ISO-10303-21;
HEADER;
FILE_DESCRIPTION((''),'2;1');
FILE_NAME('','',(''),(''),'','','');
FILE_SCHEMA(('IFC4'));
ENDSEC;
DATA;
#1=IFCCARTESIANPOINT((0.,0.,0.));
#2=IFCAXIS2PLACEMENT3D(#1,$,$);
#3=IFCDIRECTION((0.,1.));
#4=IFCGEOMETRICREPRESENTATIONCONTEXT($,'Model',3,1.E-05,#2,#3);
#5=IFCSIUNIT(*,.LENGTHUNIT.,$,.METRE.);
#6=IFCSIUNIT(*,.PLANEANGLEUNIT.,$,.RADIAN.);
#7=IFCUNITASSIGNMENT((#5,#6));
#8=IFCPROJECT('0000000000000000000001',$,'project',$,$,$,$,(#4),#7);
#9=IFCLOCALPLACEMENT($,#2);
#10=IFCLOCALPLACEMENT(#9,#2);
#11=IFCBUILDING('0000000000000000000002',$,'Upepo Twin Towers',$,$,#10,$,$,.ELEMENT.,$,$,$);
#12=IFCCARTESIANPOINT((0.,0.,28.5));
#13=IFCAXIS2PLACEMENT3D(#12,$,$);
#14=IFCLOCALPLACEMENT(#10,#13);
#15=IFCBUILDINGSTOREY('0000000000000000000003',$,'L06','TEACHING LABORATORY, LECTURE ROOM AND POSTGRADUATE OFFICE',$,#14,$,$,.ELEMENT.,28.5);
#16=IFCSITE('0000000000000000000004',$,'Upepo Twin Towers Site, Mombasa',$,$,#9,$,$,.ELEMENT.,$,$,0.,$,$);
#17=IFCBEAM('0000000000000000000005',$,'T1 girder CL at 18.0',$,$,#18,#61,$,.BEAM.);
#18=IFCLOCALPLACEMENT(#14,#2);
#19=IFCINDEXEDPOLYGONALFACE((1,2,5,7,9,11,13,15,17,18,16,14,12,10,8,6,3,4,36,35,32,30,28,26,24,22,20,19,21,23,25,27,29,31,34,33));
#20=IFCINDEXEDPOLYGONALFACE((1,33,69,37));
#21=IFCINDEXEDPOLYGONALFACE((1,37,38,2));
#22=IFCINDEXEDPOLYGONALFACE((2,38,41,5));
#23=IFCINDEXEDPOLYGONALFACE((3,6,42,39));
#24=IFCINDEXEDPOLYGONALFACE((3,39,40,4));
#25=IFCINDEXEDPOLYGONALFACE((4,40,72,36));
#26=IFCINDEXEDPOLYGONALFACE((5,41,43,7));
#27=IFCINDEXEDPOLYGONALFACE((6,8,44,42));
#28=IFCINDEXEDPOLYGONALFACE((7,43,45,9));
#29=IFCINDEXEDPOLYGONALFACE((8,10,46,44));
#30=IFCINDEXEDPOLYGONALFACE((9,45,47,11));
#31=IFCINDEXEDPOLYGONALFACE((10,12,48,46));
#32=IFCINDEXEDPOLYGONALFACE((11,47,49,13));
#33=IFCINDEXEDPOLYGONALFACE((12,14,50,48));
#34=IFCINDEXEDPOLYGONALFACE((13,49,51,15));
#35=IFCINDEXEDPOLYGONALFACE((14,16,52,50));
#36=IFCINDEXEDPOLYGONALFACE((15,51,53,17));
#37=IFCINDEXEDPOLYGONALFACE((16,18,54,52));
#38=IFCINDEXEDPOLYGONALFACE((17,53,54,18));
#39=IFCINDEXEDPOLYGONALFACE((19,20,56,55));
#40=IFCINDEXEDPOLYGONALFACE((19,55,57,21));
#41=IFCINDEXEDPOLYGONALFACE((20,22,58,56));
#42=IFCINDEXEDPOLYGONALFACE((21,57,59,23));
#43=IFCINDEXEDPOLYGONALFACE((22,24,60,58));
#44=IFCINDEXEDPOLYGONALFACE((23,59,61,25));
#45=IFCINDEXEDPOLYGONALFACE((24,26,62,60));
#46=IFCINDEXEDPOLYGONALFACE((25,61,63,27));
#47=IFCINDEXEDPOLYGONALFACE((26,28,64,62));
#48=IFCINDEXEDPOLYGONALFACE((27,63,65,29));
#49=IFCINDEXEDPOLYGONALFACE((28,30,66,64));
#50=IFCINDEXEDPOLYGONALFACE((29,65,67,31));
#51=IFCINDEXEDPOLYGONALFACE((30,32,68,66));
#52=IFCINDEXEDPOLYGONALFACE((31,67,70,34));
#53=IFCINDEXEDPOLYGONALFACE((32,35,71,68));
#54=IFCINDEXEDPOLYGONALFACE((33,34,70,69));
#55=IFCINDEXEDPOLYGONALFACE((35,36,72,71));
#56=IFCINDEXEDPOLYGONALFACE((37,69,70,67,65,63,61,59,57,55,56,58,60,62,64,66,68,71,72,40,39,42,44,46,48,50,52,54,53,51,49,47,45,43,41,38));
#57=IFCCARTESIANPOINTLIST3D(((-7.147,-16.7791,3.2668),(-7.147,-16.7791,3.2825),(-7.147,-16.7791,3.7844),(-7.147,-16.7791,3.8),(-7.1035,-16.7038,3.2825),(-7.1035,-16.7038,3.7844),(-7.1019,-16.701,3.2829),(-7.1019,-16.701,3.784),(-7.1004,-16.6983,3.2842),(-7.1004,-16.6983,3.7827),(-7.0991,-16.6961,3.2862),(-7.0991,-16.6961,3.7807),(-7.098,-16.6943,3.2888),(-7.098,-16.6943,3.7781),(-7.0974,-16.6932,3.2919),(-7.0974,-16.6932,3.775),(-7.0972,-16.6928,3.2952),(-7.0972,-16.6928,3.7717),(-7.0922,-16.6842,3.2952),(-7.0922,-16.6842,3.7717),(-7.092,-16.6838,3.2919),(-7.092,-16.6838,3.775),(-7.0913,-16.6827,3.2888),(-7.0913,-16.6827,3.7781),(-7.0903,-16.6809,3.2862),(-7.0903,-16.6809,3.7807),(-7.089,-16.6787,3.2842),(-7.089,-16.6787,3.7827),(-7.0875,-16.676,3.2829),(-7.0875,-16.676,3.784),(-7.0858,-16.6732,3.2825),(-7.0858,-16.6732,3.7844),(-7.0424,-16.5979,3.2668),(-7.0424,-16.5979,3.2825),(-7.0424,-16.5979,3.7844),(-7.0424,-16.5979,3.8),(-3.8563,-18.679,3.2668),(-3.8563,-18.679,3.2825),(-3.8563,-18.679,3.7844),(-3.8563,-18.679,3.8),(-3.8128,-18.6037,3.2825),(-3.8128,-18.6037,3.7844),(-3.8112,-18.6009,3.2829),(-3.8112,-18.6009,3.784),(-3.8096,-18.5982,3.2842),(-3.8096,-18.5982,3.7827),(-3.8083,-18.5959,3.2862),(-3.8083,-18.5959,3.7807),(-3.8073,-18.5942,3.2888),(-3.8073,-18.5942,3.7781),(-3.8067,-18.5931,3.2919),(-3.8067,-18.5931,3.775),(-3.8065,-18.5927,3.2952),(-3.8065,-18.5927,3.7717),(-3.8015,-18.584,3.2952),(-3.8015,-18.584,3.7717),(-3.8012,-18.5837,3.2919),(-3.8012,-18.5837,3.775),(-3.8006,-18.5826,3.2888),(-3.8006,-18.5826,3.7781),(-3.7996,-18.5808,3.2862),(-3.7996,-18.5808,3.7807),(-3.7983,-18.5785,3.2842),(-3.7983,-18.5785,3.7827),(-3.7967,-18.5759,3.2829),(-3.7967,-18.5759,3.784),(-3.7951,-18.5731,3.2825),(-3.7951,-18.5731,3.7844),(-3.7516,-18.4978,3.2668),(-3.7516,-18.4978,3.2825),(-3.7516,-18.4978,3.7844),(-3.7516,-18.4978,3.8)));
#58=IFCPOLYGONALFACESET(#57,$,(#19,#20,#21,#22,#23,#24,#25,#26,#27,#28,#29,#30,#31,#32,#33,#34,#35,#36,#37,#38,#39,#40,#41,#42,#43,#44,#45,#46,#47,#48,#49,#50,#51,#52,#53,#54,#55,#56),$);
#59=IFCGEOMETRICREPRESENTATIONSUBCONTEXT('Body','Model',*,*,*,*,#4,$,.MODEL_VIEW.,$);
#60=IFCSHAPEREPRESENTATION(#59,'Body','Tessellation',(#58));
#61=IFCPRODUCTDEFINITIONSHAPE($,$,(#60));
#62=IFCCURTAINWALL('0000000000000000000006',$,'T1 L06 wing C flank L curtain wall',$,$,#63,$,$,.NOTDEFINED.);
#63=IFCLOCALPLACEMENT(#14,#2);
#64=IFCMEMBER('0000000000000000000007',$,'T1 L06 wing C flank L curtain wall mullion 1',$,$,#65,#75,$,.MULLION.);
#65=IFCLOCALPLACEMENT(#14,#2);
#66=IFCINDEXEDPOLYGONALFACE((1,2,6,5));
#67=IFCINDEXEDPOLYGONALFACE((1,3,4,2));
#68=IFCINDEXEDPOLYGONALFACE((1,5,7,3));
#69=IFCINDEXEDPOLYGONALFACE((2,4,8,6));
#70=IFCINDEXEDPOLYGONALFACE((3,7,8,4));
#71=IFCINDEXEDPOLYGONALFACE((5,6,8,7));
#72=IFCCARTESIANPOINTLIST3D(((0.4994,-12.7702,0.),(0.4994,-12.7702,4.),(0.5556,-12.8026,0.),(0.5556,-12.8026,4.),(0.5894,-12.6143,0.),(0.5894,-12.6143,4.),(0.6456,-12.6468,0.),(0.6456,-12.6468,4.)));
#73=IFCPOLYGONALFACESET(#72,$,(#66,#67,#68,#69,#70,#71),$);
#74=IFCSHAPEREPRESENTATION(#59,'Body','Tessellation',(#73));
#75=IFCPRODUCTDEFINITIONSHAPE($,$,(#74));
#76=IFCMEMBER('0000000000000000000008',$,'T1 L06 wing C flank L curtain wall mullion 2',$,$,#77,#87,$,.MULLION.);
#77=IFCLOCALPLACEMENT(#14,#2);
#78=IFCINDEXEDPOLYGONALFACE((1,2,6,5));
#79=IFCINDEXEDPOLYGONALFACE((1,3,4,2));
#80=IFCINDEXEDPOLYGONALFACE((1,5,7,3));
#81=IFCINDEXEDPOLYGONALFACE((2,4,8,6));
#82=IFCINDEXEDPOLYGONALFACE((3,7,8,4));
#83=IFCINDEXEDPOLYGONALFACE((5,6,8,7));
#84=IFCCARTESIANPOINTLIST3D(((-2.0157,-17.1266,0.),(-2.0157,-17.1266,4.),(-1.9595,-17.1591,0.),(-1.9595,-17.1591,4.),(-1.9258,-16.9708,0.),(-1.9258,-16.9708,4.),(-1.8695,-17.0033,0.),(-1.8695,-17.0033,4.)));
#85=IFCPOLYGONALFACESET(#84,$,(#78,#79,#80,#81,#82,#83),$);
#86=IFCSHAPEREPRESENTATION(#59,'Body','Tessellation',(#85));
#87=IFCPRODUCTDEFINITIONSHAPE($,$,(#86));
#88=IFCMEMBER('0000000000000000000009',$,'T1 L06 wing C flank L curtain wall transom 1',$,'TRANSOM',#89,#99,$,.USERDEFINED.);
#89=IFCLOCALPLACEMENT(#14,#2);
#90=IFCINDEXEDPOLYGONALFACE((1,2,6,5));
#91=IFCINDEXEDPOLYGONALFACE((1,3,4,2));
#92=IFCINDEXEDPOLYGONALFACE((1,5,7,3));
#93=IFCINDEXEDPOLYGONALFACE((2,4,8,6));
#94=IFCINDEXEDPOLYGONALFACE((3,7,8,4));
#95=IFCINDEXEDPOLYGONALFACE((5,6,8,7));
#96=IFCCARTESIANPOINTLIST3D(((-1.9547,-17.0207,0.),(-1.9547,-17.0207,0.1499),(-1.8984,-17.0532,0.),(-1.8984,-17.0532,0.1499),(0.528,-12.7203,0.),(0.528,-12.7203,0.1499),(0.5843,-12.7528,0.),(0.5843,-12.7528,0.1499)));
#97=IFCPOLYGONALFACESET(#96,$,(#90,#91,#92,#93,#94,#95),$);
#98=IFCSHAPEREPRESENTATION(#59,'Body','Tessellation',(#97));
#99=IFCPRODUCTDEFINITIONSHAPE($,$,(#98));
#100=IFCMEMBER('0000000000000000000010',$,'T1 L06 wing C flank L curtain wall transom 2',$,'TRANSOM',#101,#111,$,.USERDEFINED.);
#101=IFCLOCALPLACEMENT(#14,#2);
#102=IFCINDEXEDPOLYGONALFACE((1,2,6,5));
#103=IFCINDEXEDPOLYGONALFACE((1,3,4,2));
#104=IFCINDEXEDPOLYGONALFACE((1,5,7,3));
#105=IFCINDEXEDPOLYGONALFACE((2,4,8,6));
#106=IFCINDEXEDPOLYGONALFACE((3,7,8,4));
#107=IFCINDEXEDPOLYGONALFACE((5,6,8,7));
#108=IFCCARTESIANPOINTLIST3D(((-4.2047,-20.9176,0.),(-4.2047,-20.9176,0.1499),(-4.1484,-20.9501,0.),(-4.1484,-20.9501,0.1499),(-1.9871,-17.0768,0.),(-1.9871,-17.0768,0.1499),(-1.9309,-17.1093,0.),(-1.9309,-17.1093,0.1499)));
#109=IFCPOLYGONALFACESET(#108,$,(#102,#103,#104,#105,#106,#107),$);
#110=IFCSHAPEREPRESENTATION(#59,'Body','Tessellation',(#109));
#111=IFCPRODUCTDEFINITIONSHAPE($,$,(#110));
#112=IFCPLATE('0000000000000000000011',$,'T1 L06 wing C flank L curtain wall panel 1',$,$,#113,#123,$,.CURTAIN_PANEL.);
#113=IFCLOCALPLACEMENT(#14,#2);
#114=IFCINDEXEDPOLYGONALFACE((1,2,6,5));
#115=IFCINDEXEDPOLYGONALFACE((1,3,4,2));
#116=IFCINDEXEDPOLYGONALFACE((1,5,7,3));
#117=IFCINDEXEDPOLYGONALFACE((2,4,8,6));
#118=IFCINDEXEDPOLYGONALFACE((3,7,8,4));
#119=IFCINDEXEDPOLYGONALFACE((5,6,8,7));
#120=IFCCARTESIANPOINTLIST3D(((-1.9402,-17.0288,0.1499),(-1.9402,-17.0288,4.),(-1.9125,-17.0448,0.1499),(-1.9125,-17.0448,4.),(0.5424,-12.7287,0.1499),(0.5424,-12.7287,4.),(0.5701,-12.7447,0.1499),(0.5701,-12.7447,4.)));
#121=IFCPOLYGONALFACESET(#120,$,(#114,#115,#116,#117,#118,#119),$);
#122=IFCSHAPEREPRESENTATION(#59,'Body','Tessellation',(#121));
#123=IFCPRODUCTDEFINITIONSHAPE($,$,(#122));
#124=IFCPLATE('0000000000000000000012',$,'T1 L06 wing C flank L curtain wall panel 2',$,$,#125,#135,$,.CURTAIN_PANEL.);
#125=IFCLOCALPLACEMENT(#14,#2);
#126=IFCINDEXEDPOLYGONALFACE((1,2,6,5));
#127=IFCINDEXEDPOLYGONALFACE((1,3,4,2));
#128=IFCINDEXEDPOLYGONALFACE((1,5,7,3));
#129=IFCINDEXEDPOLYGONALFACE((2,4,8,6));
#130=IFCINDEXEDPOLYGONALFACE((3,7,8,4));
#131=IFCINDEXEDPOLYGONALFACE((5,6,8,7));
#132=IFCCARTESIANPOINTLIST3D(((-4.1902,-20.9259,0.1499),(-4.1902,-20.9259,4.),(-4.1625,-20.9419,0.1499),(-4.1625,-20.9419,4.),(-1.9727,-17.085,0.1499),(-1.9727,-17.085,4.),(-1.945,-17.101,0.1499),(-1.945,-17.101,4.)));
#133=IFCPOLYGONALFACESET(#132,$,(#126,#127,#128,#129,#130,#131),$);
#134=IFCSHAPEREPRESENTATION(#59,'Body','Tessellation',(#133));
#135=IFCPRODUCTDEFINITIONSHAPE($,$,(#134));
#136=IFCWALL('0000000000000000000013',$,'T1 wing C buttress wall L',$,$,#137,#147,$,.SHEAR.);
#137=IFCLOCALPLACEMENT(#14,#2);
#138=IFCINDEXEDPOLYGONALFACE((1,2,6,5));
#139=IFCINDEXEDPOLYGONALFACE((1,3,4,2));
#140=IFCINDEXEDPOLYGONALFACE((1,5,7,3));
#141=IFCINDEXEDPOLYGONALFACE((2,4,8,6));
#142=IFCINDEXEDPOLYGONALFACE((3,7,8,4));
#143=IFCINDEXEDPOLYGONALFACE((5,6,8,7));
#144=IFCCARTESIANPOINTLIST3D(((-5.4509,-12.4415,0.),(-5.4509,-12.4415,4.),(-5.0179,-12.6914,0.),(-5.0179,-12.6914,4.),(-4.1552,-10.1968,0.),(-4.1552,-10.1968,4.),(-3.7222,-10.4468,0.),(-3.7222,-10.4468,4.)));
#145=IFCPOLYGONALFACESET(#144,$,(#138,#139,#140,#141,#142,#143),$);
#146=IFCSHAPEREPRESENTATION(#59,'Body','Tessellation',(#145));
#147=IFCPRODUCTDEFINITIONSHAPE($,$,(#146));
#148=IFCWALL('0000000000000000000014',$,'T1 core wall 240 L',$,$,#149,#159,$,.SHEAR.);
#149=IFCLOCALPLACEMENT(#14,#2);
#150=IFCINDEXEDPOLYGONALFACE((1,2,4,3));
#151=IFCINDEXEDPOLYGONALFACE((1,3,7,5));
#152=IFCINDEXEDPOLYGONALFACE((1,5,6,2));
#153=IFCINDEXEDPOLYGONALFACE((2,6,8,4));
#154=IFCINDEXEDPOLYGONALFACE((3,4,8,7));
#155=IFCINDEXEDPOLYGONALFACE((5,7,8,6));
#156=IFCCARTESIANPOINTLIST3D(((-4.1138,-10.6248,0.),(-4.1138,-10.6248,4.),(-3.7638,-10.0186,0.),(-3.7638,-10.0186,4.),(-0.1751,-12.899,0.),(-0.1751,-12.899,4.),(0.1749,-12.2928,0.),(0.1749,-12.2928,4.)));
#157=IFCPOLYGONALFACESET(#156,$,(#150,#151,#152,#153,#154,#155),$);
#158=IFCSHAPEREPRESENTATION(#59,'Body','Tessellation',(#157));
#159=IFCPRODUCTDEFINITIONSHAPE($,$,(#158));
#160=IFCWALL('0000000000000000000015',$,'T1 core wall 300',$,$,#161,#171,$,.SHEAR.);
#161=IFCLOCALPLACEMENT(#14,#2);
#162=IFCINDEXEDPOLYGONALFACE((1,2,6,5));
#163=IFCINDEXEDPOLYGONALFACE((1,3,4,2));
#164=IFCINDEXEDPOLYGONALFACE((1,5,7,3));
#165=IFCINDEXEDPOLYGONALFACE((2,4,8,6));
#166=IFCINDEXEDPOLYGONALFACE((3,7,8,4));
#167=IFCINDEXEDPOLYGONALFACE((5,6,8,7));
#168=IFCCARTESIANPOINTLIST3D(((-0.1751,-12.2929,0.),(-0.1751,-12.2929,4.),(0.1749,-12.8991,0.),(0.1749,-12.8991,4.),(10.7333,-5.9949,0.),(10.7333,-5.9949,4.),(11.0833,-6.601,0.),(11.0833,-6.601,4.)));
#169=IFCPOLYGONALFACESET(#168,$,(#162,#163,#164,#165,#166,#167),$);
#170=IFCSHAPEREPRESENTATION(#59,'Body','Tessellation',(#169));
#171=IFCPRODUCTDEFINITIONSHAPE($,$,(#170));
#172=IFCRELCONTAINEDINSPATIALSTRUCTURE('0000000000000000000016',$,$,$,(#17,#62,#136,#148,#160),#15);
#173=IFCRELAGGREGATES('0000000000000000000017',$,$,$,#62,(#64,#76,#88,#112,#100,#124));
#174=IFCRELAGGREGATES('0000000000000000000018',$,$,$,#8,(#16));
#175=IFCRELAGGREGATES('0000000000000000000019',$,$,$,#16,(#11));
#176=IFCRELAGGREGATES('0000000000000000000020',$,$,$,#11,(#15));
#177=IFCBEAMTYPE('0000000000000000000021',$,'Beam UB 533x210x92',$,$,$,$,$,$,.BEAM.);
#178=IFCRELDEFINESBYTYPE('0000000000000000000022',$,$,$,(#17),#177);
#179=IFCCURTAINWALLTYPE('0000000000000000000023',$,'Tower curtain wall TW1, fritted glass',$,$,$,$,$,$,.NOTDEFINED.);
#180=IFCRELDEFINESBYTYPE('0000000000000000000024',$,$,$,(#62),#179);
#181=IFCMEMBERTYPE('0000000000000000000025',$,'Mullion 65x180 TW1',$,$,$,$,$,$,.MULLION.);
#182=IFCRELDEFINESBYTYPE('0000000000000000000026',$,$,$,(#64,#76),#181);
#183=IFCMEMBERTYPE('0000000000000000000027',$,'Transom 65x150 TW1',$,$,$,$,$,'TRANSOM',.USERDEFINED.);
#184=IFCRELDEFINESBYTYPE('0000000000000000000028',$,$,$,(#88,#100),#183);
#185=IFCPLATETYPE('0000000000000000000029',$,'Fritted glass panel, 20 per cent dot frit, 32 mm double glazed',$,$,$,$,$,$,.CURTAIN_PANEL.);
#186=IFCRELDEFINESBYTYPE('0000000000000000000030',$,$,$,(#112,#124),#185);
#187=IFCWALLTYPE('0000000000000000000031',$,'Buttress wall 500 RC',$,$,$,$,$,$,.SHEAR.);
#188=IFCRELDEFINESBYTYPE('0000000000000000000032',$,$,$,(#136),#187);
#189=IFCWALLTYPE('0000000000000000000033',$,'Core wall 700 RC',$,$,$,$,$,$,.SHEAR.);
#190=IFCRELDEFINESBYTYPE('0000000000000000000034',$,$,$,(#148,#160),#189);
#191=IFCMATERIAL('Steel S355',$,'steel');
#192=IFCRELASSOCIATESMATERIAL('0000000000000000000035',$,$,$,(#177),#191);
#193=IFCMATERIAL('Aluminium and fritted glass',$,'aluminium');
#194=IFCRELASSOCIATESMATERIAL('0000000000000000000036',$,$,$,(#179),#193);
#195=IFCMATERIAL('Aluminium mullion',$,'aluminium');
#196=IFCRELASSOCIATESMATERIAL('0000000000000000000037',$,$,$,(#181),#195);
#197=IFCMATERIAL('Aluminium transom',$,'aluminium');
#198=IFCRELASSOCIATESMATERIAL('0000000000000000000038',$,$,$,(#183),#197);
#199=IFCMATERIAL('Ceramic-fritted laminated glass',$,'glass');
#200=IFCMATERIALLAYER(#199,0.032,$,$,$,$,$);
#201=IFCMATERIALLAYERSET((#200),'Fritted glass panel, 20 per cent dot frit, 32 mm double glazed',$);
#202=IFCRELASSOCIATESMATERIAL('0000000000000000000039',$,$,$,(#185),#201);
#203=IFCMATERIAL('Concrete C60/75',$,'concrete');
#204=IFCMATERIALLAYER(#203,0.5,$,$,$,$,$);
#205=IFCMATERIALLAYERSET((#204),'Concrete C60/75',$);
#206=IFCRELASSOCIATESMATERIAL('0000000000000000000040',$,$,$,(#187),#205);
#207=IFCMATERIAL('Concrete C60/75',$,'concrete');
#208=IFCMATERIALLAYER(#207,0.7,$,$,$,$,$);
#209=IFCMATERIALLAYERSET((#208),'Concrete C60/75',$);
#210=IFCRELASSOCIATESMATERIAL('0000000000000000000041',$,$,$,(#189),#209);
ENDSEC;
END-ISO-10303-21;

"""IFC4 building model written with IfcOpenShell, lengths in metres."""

from ifc_helpers import new_model, si_unit, direction, frame, frame_2d, origin, origin_2d, place, context, subcontext, project, spatial, rectangle, i_section, extrude, material, layer, layer_set, material_profile, profile_set, type_object, element, aggregate, save


model = new_model("IFC4")

# Units and contexts
model_context = context("Model", 3, precision=1e-05, world=origin(), true_north=direction((0.0, 1.0)))
body_context = subcontext(model_context, "Body", "Model", "MODEL_VIEW")
ifc_project = project(units=[si_unit("LENGTHUNIT", "METRE"), si_unit("PLANEANGLEUNIT", "RADIAN")], contexts=[model_context])

# Site, building, storey
site_placement = place(None, origin())
site = spatial("IfcSite", under=ifc_project, at=site_placement, Name="Upepo Twin Towers Site, Mombasa", CompositionType="ELEMENT", RefElevation=0.0)
building_placement = place(site_placement, origin())
building = spatial("IfcBuilding", under=site, at=building_placement, Name="Upepo Twin Towers", CompositionType="ELEMENT")
storey_placement = place(building_placement, frame((0.0, 0.0, 28.5)))
storey = spatial("IfcBuildingStorey", under=building, at=storey_placement, Name="L06", Description="TEACHING LABORATORY, LECTURE ROOM AND POSTGRADUATE OFFICE", CompositionType="ELEMENT", Elevation=28.5)

# Beam
ifc_material_1 = material(Name="Steel S355", Category="steel")
ifc_material_profile_1 = material_profile(ifc_material_1, i_section(OverallWidth=0.2092, OverallDepth=0.5332, WebThickness=0.01, FlangeThickness=0.0156, FilletRadius=0.0127, at=origin_2d()), Name="UB 533x210x92")
ifc_profile_set_1 = profile_set([ifc_material_profile_1], Name="Steel S355")
beam_type_1 = type_object("IfcBeamType", Name="Beam UB 533x210x92", PredefinedType="BEAM", material=ifc_profile_set_1)
beam_1_placement = place(storey_placement, frame((-3.804, -18.5884, 3.5334), z_axis=(-0.866028, 0.499995, 0.0), x_axis=(-0.499995, -0.866028, 0.0)))
element("IfcBeam", 1, at=beam_1_placement, inside=storey, type_object=beam_type_1, Name="T1 girder CL at 18.0", PredefinedType="BEAM", context=body_context, shape_type="SweptSolid", body=[
    extrude(i_section(OverallWidth=0.2092, OverallDepth=0.5332, WebThickness=0.01, FlangeThickness=0.0156, FilletRadius=0.0127, at=origin_2d()), origin(), (0.0, 0.0, 1.0), 3.7998),
])

# Curtain wall, members, plates
ifc_material_2 = material(Name="Aluminium and fritted glass", Category="aluminium")
curtain_wall_type = type_object("IfcCurtainWallType", Name="Tower curtain wall TW1, fritted glass", PredefinedType="NOTDEFINED", material=ifc_material_2)
curtain_wall_placement = place(storey_placement, origin())
curtain_wall = element("IfcCurtainWall", 2, at=curtain_wall_placement, inside=storey, type_object=curtain_wall_type, Name="T1 L06 wing C flank L curtain wall", PredefinedType="NOTDEFINED")
ifc_material_3 = material(Name="Aluminium mullion", Category="aluminium")
ifc_material_profile_2 = material_profile(ifc_material_3, rectangle(XDim=0.0649, YDim=0.1799, at=origin_2d()), Name="MULLION 65x180")
ifc_profile_set_2 = profile_set([ifc_material_profile_2], Name="Aluminium mullion")
member_type_1 = type_object("IfcMemberType", Name="Mullion 65x180 TW1", PredefinedType="MULLION", material=ifc_profile_set_2)
member_1_placement = place(storey_placement, frame((0.5725, -12.7085, 0.0), z_axis=(0.0, 0.0, 1.0), x_axis=(0.866025, -0.5, 0.0)))
member_1 = element("IfcMember", 3, at=member_1_placement, type_object=member_type_1, Name="T1 L06 wing C flank L curtain wall mullion 1", PredefinedType="MULLION", context=body_context, shape_type="SweptSolid", body=[
    extrude(rectangle(XDim=0.0649, YDim=0.1799, at=origin_2d()), origin(), (0.0, 0.0, 1.0), 4.0),
])
member_2_placement = place(storey_placement, frame((-1.9426, -17.0649, 0.0), z_axis=(0.0, 0.0, 1.0), x_axis=(0.866025, -0.5, 0.0)))
member_2 = element("IfcMember", 4, at=member_2_placement, type_object=member_type_1, Name="T1 L06 wing C flank L curtain wall mullion 2", PredefinedType="MULLION", context=body_context, shape_type="SweptSolid", body=[
    extrude(rectangle(XDim=0.0649, YDim=0.1799, at=origin_2d()), origin(), (0.0, 0.0, 1.0), 4.0),
])
ifc_material_4 = material(Name="Aluminium transom", Category="aluminium")
ifc_material_profile_3 = material_profile(ifc_material_4, rectangle(XDim=0.0649, YDim=0.1499, at=origin_2d()), Name="TRANSOM 65x150")
ifc_profile_set_3 = profile_set([ifc_material_profile_3], Name="Aluminium transom")
member_type_2 = type_object("IfcMemberType", Name="Transom 65x150 TW1", ElementType="TRANSOM", PredefinedType="USERDEFINED", material=ifc_profile_set_3)
member_3_placement = place(storey_placement, frame((0.5562, -12.7366, 0.075), z_axis=(-0.499983, -0.866035, 0.0), x_axis=(0.866035, -0.499983, 0.0)))
member_3 = element("IfcMember", 5, at=member_3_placement, type_object=member_type_2, Name="T1 L06 wing C flank L curtain wall transom 1", ObjectType="TRANSOM", PredefinedType="USERDEFINED", context=body_context, shape_type="SweptSolid", body=[
    extrude(rectangle(XDim=0.0649, YDim=0.1499, at=origin_2d()), origin(), (0.0, 0.0, 1.0), 4.9656),
])
member_4_placement = place(storey_placement, frame((-1.959, -17.093, 0.075), z_axis=(-0.500005, -0.866022, 0.0), x_axis=(0.866022, -0.500005, 0.0)))
member_4 = element("IfcMember", 6, at=member_4_placement, type_object=member_type_2, Name="T1 L06 wing C flank L curtain wall transom 2", ObjectType="TRANSOM", PredefinedType="USERDEFINED", context=body_context, shape_type="SweptSolid", body=[
    extrude(rectangle(XDim=0.0649, YDim=0.1499, at=origin_2d()), origin(), (0.0, 0.0, 1.0), 4.4351),
])
ifc_material_5 = material(Name="Ceramic-fritted laminated glass", Category="glass")
ifc_layer_1 = layer(ifc_material_5, 0.032)
ifc_layer_set_1 = layer_set([ifc_layer_1], Name="Fritted glass panel, 20 per cent dot frit, 32 mm double glazed")
plate_type = type_object("IfcPlateType", Name="Fritted glass panel, 20 per cent dot frit, 32 mm double glazed", PredefinedType="CURTAIN_PANEL", material=ifc_layer_set_1)
plate_1_placement = place(storey_placement, frame((-0.6851, -14.8867, 0.1499), z_axis=(0.0, 0.0, 1.0), x_axis=(-0.5, -0.866025, 0.0)))
plate_1 = element("IfcPlate", 7, at=plate_1_placement, type_object=plate_type, Name="T1 L06 wing C flank L curtain wall panel 1", PredefinedType="CURTAIN_PANEL", context=body_context, shape_type="SweptSolid", body=[
    extrude(rectangle(XDim=4.9653, YDim=0.032, at=origin_2d()), origin(), (0.0, 0.0, 1.0), 3.8501),
])
plate_2_placement = place(storey_placement, frame((-3.0676, -19.0134, 0.1499), z_axis=(0.0, 0.0, 1.0), x_axis=(-0.5, -0.866025, 0.0)))
plate_2 = element("IfcPlate", 8, at=plate_2_placement, type_object=plate_type, Name="T1 L06 wing C flank L curtain wall panel 2", PredefinedType="CURTAIN_PANEL", context=body_context, shape_type="SweptSolid", body=[
    extrude(rectangle(XDim=4.4351, YDim=0.032, at=origin_2d()), origin(), (0.0, 0.0, 1.0), 3.8501),
])
aggregate(curtain_wall, [member_1, member_2, member_3, plate_1, member_4, plate_2])

# Walls
ifc_material_6 = material(Name="Concrete C60/75", Category="concrete")
ifc_layer_2 = layer(ifc_material_6, 0.5)
ifc_layer_set_2 = layer_set([ifc_layer_2], Name="Concrete C60/75")
wall_type_1 = type_object("IfcWallType", Name="Buttress wall 500 RC", PredefinedType="SHEAR", material=ifc_layer_set_2)
wall_1_placement = place(storey_placement, frame((-3.9387, -10.3218, 0.0), z_axis=(0.0, 0.0, 1.0), x_axis=(-0.499918, -0.866073, 0.0)))
element("IfcWall", 9, at=wall_1_placement, inside=storey, type_object=wall_type_1, Name="T1 wing C buttress wall L", PredefinedType="SHEAR", context=body_context, shape_type="SweptSolid", body=[
    extrude(rectangle(XDim=2.5918, YDim=0.5, at=frame_2d((1.2959, 0.0))), origin(), (0.0, 0.0, 1.0), 4.0),
])
ifc_material_7 = material(Name="Concrete C60/75", Category="concrete")
ifc_layer_3 = layer(ifc_material_7, 0.7)
ifc_layer_set_3 = layer_set([ifc_layer_3], Name="Concrete C60/75")
wall_type_2 = type_object("IfcWallType", Name="Core wall 700 RC", PredefinedType="SHEAR", material=ifc_layer_set_3)
wall_2_placement = place(storey_placement, frame((-3.9387, -10.3218, 0.0), z_axis=(0.0, 0.0, 1.0), x_axis=(0.866011, -0.500024, 0.0)))
element("IfcWall", 10, at=wall_2_placement, inside=storey, type_object=wall_type_2, Name="T1 core wall 240 L", PredefinedType="SHEAR", context=body_context, shape_type="SweptSolid", body=[
    extrude(rectangle(XDim=4.5481, YDim=0.7, at=frame_2d((2.2739, 0.0))), origin(), (0.0, 0.0, 1.0), 4.0),
])
wall_3_placement = place(storey_placement, frame((0.0, -12.5959, 0.0), z_axis=(0.0, 0.0, 1.0), x_axis=(0.866022, 0.500006, 0.0)))
element("IfcWall", 11, at=wall_3_placement, inside=storey, type_object=wall_type_2, Name="T1 core wall 300", PredefinedType="SHEAR", context=body_context, shape_type="SweptSolid", body=[
    extrude(rectangle(XDim=12.5959, YDim=0.7, at=frame_2d((6.2979, 0.0))), origin(), (0.0, 0.0, 1.0), 4.0),
])

save(model, "model.ifc")
